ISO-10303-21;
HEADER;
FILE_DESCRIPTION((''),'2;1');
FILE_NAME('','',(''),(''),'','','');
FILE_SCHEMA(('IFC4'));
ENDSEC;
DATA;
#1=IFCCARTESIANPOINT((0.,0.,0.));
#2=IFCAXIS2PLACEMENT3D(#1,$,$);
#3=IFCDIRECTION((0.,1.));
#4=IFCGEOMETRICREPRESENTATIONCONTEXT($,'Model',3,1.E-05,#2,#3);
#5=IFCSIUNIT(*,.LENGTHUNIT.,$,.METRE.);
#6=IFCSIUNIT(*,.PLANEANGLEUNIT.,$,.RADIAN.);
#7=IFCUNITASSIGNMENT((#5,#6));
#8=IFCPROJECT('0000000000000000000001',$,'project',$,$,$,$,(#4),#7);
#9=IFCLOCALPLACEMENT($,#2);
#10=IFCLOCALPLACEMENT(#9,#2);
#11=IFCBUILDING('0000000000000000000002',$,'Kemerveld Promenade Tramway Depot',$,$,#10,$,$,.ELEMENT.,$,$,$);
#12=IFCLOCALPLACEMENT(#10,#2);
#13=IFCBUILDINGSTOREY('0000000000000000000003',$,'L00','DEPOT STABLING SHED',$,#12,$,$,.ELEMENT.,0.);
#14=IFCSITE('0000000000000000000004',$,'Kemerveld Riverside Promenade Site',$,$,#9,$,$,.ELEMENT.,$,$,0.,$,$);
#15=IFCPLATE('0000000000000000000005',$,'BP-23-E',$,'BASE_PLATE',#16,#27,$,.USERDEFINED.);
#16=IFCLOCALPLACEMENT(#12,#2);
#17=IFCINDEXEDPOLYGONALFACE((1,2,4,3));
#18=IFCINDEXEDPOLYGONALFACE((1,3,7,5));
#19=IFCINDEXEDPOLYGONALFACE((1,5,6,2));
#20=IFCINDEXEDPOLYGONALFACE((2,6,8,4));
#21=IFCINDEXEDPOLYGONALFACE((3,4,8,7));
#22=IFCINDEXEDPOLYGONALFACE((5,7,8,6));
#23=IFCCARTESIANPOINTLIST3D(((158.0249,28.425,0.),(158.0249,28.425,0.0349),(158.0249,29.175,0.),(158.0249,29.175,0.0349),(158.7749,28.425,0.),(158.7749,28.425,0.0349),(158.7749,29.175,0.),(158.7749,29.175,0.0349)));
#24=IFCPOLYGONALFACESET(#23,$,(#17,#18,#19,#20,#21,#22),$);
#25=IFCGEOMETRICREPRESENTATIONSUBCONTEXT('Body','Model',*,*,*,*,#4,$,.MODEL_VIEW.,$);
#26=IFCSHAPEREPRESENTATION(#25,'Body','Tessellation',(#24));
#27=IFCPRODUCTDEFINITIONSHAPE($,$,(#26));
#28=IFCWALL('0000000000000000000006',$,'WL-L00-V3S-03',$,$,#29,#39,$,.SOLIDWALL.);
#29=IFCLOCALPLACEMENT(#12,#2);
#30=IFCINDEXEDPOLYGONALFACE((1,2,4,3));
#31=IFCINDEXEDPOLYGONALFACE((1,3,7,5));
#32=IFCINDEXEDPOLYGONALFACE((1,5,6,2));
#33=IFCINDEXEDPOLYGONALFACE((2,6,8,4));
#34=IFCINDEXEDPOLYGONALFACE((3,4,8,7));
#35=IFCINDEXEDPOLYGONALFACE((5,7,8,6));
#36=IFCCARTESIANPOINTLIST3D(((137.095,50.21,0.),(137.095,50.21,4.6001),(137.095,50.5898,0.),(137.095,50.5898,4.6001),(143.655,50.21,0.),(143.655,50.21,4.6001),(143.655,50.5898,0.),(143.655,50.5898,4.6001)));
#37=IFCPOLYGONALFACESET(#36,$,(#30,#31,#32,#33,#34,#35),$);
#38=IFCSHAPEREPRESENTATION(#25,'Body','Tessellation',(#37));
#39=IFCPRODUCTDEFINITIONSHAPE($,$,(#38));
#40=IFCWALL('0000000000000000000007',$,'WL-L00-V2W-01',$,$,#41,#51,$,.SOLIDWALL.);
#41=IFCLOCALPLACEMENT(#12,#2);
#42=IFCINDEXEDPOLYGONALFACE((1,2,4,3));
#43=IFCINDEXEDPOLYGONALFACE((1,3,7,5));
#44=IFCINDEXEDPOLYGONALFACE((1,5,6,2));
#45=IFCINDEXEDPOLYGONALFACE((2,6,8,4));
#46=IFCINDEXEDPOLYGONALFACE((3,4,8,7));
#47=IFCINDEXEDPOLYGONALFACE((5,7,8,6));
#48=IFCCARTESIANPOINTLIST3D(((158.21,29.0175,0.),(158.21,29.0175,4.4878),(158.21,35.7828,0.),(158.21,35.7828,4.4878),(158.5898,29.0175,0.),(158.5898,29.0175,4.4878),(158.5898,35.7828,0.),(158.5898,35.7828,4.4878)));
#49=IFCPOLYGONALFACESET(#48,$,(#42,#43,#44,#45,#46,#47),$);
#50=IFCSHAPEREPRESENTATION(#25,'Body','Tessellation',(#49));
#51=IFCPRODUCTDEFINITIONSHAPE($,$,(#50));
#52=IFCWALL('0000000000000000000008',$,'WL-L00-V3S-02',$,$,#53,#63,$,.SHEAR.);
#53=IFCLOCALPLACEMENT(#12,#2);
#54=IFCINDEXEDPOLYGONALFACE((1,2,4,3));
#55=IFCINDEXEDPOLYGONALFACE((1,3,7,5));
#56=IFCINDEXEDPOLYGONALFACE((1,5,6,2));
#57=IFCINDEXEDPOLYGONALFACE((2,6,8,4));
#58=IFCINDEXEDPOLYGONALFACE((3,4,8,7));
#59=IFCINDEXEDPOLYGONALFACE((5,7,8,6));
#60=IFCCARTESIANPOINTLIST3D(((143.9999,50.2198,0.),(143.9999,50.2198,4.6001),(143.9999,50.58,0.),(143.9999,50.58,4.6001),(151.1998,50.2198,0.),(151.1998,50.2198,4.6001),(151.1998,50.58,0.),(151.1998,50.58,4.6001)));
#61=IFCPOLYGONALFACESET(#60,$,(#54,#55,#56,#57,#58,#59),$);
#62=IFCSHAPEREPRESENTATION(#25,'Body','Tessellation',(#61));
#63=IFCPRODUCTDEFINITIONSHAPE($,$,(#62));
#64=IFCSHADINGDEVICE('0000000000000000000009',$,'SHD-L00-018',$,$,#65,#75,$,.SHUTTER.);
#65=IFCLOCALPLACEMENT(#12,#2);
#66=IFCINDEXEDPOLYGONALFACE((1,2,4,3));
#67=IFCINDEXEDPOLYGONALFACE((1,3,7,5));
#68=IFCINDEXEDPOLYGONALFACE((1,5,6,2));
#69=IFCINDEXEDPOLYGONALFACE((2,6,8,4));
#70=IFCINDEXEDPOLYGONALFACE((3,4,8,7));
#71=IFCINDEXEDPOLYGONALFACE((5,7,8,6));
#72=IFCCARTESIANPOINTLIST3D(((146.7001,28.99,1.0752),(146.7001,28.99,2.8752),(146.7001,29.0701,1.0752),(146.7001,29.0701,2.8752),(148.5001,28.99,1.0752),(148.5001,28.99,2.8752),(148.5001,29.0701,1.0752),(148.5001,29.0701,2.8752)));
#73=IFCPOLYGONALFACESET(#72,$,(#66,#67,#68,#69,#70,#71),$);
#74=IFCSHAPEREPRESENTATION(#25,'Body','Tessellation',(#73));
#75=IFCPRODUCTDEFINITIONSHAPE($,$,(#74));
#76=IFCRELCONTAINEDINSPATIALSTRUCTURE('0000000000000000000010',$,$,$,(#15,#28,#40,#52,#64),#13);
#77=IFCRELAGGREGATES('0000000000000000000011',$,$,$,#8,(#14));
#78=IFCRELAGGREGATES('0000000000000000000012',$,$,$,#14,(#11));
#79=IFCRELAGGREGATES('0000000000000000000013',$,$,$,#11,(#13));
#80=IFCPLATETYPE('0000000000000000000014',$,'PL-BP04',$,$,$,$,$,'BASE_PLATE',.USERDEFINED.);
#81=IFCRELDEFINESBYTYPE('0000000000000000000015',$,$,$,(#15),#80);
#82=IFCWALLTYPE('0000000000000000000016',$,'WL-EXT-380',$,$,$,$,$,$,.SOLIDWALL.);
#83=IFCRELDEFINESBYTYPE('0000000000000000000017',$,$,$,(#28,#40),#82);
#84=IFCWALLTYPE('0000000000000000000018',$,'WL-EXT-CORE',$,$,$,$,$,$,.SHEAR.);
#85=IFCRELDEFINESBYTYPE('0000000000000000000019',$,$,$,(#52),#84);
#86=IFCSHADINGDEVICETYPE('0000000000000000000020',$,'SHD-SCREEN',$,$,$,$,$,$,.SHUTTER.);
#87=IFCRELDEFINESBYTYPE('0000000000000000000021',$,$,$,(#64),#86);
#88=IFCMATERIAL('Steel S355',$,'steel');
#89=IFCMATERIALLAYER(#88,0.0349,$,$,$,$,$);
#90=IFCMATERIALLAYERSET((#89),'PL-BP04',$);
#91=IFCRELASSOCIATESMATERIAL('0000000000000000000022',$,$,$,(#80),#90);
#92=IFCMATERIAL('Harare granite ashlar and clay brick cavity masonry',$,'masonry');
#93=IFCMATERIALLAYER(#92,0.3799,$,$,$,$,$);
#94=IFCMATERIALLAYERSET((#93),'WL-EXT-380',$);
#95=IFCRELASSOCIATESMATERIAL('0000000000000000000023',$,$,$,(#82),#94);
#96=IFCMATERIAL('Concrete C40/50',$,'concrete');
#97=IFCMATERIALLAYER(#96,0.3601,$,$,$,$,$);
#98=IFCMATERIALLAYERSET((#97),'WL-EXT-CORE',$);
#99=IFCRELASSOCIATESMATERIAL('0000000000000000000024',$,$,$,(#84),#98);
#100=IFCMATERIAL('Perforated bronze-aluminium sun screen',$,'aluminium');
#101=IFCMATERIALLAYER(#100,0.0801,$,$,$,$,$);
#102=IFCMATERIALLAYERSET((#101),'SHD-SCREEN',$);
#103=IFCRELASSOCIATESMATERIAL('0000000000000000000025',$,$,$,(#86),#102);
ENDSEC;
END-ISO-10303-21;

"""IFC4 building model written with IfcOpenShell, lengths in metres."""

from ifc_helpers import new_model, si_unit, direction, frame, frame_2d, origin, origin_2d, place, context, subcontext, project, spatial, rectangle, extrude, material, layer, layer_set, type_object, element, save


model = new_model("IFC4")

# Units and contexts
model_context = context("Model", 3, precision=1e-05, world=origin(), true_north=direction((0.0, 1.0)))
body_context = subcontext(model_context, "Body", "Model", "MODEL_VIEW")
ifc_project = project(units=[si_unit("LENGTHUNIT", "METRE"), si_unit("PLANEANGLEUNIT", "RADIAN")], contexts=[model_context])

# Site, building, storey
site_placement = place(None, origin())
site = spatial("IfcSite", under=ifc_project, at=site_placement, Name="Kemerveld Riverside Promenade Site", CompositionType="ELEMENT", RefElevation=0.0)
building_placement = place(site_placement, origin())
building = spatial("IfcBuilding", under=site, at=building_placement, Name="Kemerveld Promenade Tramway Depot", CompositionType="ELEMENT")
storey_placement = place(building_placement, origin())
storey = spatial("IfcBuildingStorey", under=building, at=storey_placement, Name="L00", Description="DEPOT STABLING SHED", CompositionType="ELEMENT", Elevation=0.0)

# Shared definitions
ifc_material_1 = material(Name="Concrete C40/50", Category="concrete")
ifc_material_2 = material(Name="Steel S355", Category="steel")

# Plate
ifc_layer_1 = layer(ifc_material_2, 0.0349)
ifc_layer_set_1 = layer_set([ifc_layer_1], Name="PL-BP04")
plate_type = type_object("IfcPlateType", Name="PL-BP04", ElementType="BASE_PLATE", PredefinedType="USERDEFINED", material=ifc_layer_set_1)
plate_placement = place(storey_placement, frame((158.3999, 28.8, 0.0), z_axis=(0.0, 0.0, 1.0), x_axis=(1.0, 0.0, 0.0)))
element("IfcPlate", 1, at=plate_placement, inside=storey, type_object=plate_type, Name="BP-23-E", ObjectType="BASE_PLATE", PredefinedType="USERDEFINED", context=body_context, shape_type="SweptSolid", body=[
    extrude(rectangle(XDim=0.75, YDim=0.75, at=origin_2d()), origin(), (0.0, 0.0, 1.0), 0.0349),
])

# Walls
ifc_material_3 = material(Name="Harare granite ashlar and clay brick cavity masonry", Category="masonry")
ifc_layer_2 = layer(ifc_material_3, 0.3799)
ifc_layer_set_2 = layer_set([ifc_layer_2], Name="WL-EXT-380")
wall_type_1 = type_object("IfcWallType", Name="WL-EXT-380", PredefinedType="SOLIDWALL", material=ifc_layer_set_2)
wall_1_placement = place(storey_placement, frame((143.655, 50.3999, 0.0), z_axis=(0.0, 0.0, 1.0), x_axis=(-1.0, 0.0, 0.0)))
element("IfcWall", 2, at=wall_1_placement, inside=storey, type_object=wall_type_1, Name="WL-L00-V3S-03", PredefinedType="SOLIDWALL", context=body_context, shape_type="SweptSolid", body=[
    extrude(rectangle(XDim=6.5601, YDim=0.3799, at=frame_2d((3.28, 0.0))), origin(), (0.0, 0.0, 1.0), 4.6001),
])
wall_2_placement = place(storey_placement, frame((158.3999, 29.0173, 0.0), z_axis=(0.0, 0.0, 1.0), x_axis=(0.0, 1.0, 0.0)))
element("IfcWall", 3, at=wall_2_placement, inside=storey, type_object=wall_type_1, Name="WL-L00-V2W-01", PredefinedType="SOLIDWALL", context=body_context, shape_type="SweptSolid", body=[
    extrude(rectangle(XDim=6.7654, YDim=0.3799, at=frame_2d((3.3828, 0.0))), origin(), (0.0, 0.0, 1.0), 4.4878),
])
ifc_layer_3 = layer(ifc_material_1, 0.3601)
ifc_layer_set_3 = layer_set([ifc_layer_3], Name="WL-EXT-CORE")
wall_type_2 = type_object("IfcWallType", Name="WL-EXT-CORE", PredefinedType="SHEAR", material=ifc_layer_set_3)
wall_3_placement = place(storey_placement, frame((151.2, 50.3999, 0.0), z_axis=(0.0, 0.0, 1.0), x_axis=(-1.0, 0.0, 0.0)))
element("IfcWall", 4, at=wall_3_placement, inside=storey, type_object=wall_type_2, Name="WL-L00-V3S-02", PredefinedType="SHEAR", context=body_context, shape_type="SweptSolid", body=[
    extrude(rectangle(XDim=7.2, YDim=0.3601, at=frame_2d((3.6001, 0.0))), origin(), (0.0, 0.0, 1.0), 4.6001),
])

# Shading device
ifc_material_4 = material(Name="Perforated bronze-aluminium sun screen", Category="aluminium")
ifc_layer_4 = layer(ifc_material_4, 0.0801)
ifc_layer_set_4 = layer_set([ifc_layer_4], Name="SHD-SCREEN")
shading_device_type = type_object("IfcShadingDeviceType", Name="SHD-SCREEN", PredefinedType="SHUTTER", material=ifc_layer_set_4)
shading_device_placement = place(storey_placement, frame((147.6001, 29.03, 1.0752), z_axis=(0.0, 0.0, 1.0), x_axis=(1.0, 0.0, 0.0)))
element("IfcShadingDevice", 5, at=shading_device_placement, inside=storey, type_object=shading_device_type, Name="SHD-L00-018", PredefinedType="SHUTTER", context=body_context, shape_type="SweptSolid", body=[
    extrude(rectangle(XDim=1.8, YDim=0.0801, at=origin_2d()), origin(), (0.0, 0.0, 1.0), 1.8),
])

save(model, "model.ifc")
